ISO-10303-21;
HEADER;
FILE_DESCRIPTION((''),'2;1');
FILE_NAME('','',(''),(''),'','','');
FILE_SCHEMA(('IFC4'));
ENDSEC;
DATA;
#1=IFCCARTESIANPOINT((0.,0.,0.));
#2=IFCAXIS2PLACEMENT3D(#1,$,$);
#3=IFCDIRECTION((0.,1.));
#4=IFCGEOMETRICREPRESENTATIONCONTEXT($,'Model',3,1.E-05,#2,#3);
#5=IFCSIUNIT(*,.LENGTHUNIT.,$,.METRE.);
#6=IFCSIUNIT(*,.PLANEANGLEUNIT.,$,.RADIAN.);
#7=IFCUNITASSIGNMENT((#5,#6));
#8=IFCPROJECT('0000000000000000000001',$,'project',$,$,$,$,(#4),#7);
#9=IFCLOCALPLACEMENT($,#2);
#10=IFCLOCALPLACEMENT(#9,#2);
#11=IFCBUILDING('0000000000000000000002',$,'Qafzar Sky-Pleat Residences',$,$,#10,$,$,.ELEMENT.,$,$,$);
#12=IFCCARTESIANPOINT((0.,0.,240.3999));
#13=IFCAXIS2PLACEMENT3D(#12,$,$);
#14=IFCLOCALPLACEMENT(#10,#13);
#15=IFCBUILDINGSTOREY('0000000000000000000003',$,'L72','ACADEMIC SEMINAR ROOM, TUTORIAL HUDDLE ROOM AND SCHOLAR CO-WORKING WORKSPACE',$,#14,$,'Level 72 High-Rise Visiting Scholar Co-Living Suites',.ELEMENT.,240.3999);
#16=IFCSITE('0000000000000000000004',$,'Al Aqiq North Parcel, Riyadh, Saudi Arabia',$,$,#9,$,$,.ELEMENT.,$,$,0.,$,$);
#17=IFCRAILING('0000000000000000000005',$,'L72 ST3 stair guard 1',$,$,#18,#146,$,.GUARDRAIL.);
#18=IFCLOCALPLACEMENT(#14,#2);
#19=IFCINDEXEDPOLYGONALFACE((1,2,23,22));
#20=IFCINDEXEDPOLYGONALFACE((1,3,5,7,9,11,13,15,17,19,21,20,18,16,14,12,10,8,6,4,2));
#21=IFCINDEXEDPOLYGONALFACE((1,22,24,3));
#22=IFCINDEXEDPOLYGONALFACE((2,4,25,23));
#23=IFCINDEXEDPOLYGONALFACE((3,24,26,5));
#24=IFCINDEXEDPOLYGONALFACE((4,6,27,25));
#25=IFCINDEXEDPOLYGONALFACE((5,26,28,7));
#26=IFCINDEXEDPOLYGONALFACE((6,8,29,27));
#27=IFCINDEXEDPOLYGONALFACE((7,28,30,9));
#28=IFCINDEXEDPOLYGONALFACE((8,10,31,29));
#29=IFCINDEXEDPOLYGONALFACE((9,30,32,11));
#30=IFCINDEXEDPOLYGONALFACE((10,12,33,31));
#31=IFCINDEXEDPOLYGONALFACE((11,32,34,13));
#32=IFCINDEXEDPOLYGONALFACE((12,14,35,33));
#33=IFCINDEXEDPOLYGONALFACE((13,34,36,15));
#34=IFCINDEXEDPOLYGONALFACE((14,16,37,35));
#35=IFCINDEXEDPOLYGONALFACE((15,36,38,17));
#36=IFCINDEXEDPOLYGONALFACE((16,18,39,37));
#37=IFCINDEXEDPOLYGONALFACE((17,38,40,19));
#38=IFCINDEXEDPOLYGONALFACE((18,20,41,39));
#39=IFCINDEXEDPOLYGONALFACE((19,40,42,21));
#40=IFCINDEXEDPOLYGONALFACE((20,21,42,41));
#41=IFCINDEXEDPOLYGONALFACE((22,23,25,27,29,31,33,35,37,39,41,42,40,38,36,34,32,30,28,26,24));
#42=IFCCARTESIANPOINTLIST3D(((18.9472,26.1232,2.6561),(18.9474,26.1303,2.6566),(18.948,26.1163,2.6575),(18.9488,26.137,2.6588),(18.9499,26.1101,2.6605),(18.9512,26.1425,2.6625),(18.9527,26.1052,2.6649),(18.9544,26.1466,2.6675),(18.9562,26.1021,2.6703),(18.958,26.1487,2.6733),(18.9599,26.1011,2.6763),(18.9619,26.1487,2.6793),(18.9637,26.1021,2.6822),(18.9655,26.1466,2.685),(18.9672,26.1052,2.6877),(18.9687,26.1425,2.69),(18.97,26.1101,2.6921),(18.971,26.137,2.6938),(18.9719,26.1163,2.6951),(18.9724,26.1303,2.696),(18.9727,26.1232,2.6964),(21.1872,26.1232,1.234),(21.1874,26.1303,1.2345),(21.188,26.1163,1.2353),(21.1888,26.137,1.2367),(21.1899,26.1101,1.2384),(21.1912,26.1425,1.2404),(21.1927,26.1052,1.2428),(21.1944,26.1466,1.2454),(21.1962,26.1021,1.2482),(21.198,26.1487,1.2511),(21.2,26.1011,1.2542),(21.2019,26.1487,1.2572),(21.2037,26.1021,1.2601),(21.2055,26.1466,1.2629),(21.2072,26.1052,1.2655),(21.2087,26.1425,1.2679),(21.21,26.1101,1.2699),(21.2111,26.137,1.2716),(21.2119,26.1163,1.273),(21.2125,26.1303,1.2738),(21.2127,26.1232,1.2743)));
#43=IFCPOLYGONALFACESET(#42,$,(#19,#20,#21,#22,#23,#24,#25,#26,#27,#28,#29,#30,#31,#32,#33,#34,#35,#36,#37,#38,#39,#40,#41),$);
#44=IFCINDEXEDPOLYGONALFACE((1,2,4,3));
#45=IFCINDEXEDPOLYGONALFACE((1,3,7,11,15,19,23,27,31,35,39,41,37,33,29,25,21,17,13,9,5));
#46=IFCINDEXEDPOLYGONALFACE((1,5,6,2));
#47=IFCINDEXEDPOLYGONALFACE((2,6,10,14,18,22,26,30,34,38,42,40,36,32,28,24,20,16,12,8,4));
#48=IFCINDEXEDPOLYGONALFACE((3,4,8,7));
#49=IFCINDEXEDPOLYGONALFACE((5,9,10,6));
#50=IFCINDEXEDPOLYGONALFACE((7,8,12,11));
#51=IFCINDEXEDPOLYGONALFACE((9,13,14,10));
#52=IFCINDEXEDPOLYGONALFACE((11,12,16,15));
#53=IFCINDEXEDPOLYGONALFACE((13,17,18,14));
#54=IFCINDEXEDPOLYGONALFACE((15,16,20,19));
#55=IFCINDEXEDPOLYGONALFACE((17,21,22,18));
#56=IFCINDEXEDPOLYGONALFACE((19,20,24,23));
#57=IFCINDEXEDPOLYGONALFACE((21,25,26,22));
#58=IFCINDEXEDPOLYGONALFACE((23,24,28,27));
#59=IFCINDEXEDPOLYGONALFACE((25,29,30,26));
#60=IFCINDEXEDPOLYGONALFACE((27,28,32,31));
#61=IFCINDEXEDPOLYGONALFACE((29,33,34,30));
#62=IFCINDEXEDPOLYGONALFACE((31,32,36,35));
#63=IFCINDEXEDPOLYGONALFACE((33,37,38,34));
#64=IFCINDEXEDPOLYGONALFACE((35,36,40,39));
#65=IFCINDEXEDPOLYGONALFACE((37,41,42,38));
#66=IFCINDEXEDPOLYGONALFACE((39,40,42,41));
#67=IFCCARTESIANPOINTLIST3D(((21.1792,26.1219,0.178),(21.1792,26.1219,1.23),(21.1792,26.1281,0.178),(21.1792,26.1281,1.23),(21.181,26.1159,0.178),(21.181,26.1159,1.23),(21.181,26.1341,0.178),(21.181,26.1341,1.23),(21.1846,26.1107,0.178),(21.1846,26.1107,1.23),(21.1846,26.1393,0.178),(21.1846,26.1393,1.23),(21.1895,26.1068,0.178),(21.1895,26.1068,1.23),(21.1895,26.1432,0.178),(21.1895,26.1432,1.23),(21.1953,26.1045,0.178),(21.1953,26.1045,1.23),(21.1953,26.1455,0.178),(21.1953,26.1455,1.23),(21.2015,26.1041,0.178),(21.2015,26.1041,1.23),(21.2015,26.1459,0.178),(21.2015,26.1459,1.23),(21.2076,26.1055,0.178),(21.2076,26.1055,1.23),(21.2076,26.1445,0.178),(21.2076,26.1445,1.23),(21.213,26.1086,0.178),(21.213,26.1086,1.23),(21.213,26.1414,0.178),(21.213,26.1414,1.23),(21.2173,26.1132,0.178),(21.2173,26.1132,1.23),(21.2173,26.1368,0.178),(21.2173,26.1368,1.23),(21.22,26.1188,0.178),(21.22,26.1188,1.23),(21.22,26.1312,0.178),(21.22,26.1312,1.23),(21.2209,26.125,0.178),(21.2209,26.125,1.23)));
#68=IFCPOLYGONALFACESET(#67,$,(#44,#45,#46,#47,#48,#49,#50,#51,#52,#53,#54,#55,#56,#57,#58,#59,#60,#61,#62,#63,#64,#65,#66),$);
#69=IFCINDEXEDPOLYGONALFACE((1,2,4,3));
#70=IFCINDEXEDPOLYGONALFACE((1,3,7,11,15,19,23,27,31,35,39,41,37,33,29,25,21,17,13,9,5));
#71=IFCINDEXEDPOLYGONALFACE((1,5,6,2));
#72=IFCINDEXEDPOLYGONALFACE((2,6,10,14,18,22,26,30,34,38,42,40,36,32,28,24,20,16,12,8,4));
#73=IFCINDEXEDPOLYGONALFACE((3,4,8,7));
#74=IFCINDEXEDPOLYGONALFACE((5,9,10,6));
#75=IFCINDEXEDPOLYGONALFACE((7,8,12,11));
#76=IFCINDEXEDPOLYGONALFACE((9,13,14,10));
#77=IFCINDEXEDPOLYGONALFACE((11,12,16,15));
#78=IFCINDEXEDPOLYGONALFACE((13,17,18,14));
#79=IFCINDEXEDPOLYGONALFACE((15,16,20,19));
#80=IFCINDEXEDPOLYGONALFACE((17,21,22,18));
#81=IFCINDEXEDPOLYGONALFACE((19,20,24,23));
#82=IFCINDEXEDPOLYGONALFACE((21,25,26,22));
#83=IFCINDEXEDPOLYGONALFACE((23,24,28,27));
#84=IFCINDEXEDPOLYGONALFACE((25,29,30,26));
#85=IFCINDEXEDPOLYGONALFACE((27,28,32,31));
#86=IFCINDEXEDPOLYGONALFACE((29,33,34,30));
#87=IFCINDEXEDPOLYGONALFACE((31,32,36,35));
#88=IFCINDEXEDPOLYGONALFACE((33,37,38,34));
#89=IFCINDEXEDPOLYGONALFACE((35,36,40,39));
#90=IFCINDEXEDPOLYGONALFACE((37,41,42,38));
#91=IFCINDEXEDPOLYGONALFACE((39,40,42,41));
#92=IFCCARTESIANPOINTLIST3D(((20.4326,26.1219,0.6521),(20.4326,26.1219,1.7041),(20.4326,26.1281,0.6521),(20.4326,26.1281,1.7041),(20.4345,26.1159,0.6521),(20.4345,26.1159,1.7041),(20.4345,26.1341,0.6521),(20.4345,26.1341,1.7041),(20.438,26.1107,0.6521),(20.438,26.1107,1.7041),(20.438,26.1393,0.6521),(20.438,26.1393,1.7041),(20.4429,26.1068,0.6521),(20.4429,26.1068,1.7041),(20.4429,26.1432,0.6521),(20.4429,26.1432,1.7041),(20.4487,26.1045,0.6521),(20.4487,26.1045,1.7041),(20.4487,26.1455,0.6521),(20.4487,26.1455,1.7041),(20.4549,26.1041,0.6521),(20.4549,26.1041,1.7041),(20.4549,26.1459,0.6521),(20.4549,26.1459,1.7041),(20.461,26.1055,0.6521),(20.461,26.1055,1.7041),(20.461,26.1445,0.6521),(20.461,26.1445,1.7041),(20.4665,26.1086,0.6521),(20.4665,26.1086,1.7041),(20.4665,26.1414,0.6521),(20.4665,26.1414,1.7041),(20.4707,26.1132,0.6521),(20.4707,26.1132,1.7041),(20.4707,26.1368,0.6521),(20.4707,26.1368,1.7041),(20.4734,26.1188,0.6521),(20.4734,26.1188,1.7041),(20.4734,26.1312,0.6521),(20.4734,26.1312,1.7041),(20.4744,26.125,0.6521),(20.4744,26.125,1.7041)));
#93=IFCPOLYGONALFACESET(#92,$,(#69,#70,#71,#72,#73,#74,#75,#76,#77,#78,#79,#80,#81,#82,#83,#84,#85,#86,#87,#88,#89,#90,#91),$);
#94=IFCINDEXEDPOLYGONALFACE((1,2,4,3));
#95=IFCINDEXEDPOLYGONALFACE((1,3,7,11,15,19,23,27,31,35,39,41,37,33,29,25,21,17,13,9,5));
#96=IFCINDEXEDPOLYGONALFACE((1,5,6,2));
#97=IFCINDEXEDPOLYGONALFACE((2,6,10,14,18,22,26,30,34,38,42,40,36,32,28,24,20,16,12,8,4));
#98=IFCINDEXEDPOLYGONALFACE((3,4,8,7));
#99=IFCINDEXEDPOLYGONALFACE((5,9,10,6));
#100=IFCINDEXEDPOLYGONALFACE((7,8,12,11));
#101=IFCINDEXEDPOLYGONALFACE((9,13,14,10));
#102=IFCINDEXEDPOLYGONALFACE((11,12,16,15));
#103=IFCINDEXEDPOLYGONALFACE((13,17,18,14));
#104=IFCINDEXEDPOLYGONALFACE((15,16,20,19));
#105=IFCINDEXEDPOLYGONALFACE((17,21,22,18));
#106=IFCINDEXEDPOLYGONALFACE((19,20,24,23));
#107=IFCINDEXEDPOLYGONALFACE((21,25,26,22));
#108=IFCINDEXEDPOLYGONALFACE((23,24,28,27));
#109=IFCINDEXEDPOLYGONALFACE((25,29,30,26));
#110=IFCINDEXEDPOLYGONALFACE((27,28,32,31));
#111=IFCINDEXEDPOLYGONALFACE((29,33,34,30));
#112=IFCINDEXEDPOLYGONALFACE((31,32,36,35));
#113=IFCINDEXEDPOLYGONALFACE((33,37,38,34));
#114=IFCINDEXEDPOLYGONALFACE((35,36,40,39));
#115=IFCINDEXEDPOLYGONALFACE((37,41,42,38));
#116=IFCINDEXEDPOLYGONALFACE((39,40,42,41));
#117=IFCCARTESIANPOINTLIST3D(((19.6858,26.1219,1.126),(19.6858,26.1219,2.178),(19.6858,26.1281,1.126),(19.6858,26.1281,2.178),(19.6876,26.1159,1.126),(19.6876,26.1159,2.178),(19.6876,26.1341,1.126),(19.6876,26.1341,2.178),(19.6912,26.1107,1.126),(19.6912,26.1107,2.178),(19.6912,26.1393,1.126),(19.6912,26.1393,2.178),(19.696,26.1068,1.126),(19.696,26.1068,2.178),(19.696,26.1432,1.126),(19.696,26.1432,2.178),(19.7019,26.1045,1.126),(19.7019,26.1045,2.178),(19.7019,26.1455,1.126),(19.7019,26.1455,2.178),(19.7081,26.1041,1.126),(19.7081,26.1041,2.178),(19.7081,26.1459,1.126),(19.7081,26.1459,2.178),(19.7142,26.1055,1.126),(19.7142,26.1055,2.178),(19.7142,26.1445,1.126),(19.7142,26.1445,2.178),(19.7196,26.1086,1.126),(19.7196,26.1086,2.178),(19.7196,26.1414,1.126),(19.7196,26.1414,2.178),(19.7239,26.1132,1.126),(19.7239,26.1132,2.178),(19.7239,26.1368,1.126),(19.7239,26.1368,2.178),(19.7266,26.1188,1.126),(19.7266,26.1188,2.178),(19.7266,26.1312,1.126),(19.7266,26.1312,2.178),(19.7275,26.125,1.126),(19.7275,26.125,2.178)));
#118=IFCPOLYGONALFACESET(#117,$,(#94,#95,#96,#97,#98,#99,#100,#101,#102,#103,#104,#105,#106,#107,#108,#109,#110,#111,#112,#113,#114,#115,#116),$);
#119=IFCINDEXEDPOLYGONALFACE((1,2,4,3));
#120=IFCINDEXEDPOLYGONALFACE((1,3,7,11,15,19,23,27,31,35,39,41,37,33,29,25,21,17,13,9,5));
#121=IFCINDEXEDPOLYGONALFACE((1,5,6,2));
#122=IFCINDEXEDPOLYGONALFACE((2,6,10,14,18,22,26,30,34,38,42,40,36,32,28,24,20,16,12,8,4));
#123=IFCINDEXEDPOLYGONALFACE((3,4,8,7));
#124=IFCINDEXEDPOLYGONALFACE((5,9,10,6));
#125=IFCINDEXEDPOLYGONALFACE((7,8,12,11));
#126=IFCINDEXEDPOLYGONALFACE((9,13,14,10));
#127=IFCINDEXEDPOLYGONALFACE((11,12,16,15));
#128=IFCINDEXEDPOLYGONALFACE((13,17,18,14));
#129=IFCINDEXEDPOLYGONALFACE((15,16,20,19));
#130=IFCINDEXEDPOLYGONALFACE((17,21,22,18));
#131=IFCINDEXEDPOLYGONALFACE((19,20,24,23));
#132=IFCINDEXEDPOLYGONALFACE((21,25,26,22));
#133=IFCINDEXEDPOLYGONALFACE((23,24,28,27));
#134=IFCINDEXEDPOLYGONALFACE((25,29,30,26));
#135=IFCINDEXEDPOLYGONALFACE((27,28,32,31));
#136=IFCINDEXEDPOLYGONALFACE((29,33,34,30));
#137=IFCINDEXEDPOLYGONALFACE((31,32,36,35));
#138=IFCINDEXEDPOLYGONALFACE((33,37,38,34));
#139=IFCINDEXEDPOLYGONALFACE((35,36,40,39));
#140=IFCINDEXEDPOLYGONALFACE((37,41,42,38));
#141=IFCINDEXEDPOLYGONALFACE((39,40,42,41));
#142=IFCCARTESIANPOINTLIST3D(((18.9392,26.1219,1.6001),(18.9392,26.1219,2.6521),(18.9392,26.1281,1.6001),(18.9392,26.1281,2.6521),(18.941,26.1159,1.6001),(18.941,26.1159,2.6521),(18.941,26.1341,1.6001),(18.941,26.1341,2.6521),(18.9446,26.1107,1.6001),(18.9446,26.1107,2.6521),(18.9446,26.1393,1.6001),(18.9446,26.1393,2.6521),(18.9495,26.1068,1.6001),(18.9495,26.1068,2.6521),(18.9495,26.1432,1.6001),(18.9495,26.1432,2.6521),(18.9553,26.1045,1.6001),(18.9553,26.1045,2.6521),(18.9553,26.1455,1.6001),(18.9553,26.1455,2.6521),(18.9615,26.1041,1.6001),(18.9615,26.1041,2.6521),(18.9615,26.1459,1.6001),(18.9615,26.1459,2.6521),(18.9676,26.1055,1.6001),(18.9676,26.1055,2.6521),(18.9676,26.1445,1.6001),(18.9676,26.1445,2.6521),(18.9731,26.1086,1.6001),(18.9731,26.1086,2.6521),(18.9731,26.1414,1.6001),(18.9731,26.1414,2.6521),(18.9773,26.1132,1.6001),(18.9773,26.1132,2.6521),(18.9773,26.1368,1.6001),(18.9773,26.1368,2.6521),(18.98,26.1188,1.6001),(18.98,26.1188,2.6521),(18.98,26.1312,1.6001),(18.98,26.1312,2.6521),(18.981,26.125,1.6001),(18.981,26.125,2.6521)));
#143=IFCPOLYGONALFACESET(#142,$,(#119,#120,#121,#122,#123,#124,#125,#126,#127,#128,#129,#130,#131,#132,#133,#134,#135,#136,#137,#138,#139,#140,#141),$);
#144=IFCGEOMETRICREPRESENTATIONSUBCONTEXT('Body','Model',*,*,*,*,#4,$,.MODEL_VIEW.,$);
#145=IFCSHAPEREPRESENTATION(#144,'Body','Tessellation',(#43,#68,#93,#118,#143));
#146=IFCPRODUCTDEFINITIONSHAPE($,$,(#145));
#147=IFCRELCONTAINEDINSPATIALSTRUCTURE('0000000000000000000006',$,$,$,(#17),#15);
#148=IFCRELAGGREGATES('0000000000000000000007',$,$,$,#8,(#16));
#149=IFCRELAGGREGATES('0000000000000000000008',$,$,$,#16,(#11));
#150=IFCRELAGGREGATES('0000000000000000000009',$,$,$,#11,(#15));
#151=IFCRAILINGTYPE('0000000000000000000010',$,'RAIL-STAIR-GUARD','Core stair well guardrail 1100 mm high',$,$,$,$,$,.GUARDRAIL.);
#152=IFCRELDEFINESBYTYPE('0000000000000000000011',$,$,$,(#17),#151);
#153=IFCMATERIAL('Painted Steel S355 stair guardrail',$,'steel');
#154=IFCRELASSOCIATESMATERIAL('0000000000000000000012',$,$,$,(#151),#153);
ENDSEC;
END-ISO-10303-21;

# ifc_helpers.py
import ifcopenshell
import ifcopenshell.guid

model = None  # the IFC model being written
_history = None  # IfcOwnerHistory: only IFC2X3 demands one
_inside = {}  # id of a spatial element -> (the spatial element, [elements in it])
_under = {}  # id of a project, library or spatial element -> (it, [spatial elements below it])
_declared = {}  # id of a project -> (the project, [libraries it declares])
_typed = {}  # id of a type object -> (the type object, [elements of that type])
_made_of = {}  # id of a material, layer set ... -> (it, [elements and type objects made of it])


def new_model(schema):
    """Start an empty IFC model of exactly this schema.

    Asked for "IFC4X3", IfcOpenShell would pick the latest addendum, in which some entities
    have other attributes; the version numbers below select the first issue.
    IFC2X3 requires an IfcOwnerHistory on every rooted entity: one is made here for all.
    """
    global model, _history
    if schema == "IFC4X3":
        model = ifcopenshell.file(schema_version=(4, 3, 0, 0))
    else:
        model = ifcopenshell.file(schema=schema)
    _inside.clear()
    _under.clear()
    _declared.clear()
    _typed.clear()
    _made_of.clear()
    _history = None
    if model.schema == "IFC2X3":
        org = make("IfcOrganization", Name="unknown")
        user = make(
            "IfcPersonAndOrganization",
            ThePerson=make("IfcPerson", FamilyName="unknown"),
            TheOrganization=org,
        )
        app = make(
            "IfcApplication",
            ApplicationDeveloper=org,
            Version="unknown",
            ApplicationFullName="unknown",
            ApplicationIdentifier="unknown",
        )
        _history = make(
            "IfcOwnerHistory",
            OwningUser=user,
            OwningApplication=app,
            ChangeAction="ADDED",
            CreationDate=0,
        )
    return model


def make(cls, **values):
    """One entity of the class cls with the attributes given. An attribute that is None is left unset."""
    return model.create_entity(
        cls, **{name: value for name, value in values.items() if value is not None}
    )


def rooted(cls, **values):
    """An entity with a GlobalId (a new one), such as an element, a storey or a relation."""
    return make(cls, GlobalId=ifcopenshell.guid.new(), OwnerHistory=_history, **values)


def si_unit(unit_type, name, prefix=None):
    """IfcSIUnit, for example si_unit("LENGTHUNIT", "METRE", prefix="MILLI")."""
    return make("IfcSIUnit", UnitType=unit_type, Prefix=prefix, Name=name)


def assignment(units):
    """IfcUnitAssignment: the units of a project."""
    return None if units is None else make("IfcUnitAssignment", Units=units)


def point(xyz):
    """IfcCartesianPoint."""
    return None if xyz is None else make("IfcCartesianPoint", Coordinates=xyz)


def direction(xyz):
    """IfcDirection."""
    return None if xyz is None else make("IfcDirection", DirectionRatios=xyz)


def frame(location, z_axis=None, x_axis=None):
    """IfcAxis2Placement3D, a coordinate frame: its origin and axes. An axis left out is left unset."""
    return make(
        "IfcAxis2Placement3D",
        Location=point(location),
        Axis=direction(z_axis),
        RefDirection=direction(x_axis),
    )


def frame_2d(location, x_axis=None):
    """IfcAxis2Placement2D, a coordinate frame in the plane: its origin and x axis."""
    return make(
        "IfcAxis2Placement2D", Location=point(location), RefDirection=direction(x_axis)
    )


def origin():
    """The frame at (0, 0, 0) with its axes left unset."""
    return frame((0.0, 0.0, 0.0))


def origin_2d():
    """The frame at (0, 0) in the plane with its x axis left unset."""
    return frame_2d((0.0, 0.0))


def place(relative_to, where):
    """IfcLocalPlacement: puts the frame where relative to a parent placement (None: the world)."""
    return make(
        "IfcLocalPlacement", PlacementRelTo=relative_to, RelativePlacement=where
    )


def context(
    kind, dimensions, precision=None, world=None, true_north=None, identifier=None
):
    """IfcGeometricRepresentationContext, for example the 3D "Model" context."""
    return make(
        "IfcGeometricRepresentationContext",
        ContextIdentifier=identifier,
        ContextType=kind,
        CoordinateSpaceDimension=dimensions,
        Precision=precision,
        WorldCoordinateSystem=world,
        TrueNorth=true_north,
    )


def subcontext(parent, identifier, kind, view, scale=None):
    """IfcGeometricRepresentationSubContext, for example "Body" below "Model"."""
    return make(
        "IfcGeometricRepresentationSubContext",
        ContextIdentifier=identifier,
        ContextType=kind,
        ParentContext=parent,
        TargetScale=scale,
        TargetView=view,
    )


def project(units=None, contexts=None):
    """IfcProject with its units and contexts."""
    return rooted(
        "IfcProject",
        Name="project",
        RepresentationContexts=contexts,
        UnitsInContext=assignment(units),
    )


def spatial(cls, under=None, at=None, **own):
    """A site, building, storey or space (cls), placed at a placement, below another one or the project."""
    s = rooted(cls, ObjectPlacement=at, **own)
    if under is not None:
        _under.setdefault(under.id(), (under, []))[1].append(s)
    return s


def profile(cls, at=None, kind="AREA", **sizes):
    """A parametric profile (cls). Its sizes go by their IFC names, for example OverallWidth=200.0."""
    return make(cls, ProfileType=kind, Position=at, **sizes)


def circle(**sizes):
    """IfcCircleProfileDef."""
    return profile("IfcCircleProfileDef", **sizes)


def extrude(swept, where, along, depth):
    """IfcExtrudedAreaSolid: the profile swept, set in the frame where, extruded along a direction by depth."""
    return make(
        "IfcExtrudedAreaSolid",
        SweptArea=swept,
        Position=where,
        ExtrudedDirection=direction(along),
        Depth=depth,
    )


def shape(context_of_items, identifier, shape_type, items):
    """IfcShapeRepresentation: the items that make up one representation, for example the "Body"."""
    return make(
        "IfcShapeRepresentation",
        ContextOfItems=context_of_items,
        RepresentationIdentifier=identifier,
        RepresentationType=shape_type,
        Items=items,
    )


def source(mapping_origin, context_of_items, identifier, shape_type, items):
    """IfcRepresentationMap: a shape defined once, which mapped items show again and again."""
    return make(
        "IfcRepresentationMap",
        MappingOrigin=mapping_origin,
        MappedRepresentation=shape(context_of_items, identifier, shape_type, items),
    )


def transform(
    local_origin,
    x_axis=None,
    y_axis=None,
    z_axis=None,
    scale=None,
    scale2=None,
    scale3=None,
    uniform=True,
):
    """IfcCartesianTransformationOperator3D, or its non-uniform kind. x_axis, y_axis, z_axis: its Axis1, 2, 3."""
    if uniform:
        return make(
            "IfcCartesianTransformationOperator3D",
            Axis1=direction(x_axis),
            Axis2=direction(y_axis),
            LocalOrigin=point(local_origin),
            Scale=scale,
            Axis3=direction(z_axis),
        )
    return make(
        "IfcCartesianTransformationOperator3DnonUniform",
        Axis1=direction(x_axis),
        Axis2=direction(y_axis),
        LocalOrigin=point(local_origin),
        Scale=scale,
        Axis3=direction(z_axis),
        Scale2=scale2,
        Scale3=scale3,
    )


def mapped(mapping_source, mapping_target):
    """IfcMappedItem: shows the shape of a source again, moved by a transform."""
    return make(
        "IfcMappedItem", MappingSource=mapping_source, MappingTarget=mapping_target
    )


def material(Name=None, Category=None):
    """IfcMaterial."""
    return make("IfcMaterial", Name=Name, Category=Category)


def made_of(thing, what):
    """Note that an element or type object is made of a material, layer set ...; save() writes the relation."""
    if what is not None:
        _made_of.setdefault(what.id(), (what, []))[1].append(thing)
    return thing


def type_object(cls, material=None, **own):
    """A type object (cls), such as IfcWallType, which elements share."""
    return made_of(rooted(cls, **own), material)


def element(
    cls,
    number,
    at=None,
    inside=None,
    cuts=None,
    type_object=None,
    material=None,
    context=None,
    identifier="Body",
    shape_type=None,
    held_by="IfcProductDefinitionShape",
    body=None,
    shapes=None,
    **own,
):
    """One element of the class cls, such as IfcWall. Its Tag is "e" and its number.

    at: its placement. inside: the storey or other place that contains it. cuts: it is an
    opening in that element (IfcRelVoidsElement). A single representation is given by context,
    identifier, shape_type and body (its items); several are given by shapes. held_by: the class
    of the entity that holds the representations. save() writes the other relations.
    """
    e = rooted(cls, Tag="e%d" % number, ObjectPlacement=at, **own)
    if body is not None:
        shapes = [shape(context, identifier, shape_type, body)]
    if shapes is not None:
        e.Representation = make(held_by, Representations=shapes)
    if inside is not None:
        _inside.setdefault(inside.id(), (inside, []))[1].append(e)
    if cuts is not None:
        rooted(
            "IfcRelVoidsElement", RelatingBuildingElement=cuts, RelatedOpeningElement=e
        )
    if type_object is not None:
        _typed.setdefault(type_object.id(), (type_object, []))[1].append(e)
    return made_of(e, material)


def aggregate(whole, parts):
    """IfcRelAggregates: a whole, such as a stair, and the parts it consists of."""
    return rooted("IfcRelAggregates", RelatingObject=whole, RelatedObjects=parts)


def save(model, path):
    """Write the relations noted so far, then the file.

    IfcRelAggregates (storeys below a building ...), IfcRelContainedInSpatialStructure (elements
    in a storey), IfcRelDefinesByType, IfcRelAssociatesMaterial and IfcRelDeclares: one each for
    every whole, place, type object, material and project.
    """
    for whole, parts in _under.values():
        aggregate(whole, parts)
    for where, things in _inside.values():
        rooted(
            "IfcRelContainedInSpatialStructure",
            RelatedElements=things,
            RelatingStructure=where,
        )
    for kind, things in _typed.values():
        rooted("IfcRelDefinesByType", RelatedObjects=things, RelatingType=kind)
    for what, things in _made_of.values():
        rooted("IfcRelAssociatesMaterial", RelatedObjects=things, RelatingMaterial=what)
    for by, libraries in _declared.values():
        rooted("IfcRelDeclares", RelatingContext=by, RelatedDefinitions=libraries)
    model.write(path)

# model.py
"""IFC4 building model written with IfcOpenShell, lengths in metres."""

from ifc_helpers import new_model, si_unit, direction, frame, origin, origin_2d, place, context, subcontext, project, spatial, circle, extrude, source, transform, mapped, material, type_object, element, save


model = new_model("IFC4")

# Units and contexts
model_context = context("Model", 3, precision=1e-05, world=origin(), true_north=direction((0.0, 1.0)))
body_context = subcontext(model_context, "Body", "Model", "MODEL_VIEW")
ifc_project = project(units=[si_unit("LENGTHUNIT", "METRE"), si_unit("PLANEANGLEUNIT", "RADIAN")], contexts=[model_context])

# Site, building, storey
site_placement = place(None, origin())
site = spatial("IfcSite", under=ifc_project, at=site_placement, Name="Al Aqiq North Parcel, Riyadh, Saudi Arabia", CompositionType="ELEMENT", RefElevation=0.0)
building_placement = place(site_placement, origin())
building = spatial("IfcBuilding", under=site, at=building_placement, Name="Qafzar Sky-Pleat Residences", CompositionType="ELEMENT")
storey_placement = place(building_placement, frame((0.0, 0.0, 240.3999)))
storey = spatial("IfcBuildingStorey", under=building, at=storey_placement, Name="L72", Description="ACADEMIC SEMINAR ROOM, TUTORIAL HUDDLE ROOM AND SCHOLAR CO-WORKING WORKSPACE", LongName="Level 72 High-Rise Visiting Scholar Co-Living Suites", CompositionType="ELEMENT", Elevation=240.3999)

# Railing
ifc_material_1 = material(Name="Painted Steel S355 stair guardrail", Category="steel")
railing_type_1 = type_object("IfcRailingType", Name="RAIL-STAIR-GUARD", Description="Core stair well guardrail 1100 mm high", PredefinedType="GUARDRAIL", material=ifc_material_1)
shared_shape_1 = source(origin(), body_context, "Body", "SweptSolid", [
    extrude(circle(Radius=0.0239, at=origin_2d()), frame((0.0, 0.0, 1.0762), z_axis=(-0.844229, 0.0, 0.535982), x_axis=(0.0, -1.0, 0.0)), (0.0, 0.0, 1.0), 2.6533),
    extrude(circle(Radius=0.021, at=origin_2d()), origin(), (0.0, 0.0, 1.0), 1.052),
    extrude(circle(Radius=0.021, at=origin_2d()), frame((-0.7466, 0.0, 0.4741)), (0.0, 0.0, 1.0), 1.052),
    extrude(circle(Radius=0.021, at=origin_2d()), frame((-1.4934, 0.0, 0.948)), (0.0, 0.0, 1.0), 1.052),
    extrude(circle(Radius=0.021, at=origin_2d()), frame((-2.24, 0.0, 1.4221)), (0.0, 0.0, 1.0), 1.052),
])
railing_1_placement = place(storey_placement, frame((21.2, 26.125, 0.178)))
element("IfcRailing", 1, at=railing_1_placement, inside=storey, type_object=railing_type_1, Name="L72 ST3 stair guard 1", PredefinedType="GUARDRAIL", context=body_context, shape_type="MappedRepresentation", body=[
    mapped(shared_shape_1, transform((0.0, 0.0, 0.0), x_axis=(1.0, 0.0, 0.0), y_axis=(0.0, 1.0, 0.0), z_axis=(0.0, 0.0, 1.0), scale=1.0)),
])

save(model, "model.ifc")
